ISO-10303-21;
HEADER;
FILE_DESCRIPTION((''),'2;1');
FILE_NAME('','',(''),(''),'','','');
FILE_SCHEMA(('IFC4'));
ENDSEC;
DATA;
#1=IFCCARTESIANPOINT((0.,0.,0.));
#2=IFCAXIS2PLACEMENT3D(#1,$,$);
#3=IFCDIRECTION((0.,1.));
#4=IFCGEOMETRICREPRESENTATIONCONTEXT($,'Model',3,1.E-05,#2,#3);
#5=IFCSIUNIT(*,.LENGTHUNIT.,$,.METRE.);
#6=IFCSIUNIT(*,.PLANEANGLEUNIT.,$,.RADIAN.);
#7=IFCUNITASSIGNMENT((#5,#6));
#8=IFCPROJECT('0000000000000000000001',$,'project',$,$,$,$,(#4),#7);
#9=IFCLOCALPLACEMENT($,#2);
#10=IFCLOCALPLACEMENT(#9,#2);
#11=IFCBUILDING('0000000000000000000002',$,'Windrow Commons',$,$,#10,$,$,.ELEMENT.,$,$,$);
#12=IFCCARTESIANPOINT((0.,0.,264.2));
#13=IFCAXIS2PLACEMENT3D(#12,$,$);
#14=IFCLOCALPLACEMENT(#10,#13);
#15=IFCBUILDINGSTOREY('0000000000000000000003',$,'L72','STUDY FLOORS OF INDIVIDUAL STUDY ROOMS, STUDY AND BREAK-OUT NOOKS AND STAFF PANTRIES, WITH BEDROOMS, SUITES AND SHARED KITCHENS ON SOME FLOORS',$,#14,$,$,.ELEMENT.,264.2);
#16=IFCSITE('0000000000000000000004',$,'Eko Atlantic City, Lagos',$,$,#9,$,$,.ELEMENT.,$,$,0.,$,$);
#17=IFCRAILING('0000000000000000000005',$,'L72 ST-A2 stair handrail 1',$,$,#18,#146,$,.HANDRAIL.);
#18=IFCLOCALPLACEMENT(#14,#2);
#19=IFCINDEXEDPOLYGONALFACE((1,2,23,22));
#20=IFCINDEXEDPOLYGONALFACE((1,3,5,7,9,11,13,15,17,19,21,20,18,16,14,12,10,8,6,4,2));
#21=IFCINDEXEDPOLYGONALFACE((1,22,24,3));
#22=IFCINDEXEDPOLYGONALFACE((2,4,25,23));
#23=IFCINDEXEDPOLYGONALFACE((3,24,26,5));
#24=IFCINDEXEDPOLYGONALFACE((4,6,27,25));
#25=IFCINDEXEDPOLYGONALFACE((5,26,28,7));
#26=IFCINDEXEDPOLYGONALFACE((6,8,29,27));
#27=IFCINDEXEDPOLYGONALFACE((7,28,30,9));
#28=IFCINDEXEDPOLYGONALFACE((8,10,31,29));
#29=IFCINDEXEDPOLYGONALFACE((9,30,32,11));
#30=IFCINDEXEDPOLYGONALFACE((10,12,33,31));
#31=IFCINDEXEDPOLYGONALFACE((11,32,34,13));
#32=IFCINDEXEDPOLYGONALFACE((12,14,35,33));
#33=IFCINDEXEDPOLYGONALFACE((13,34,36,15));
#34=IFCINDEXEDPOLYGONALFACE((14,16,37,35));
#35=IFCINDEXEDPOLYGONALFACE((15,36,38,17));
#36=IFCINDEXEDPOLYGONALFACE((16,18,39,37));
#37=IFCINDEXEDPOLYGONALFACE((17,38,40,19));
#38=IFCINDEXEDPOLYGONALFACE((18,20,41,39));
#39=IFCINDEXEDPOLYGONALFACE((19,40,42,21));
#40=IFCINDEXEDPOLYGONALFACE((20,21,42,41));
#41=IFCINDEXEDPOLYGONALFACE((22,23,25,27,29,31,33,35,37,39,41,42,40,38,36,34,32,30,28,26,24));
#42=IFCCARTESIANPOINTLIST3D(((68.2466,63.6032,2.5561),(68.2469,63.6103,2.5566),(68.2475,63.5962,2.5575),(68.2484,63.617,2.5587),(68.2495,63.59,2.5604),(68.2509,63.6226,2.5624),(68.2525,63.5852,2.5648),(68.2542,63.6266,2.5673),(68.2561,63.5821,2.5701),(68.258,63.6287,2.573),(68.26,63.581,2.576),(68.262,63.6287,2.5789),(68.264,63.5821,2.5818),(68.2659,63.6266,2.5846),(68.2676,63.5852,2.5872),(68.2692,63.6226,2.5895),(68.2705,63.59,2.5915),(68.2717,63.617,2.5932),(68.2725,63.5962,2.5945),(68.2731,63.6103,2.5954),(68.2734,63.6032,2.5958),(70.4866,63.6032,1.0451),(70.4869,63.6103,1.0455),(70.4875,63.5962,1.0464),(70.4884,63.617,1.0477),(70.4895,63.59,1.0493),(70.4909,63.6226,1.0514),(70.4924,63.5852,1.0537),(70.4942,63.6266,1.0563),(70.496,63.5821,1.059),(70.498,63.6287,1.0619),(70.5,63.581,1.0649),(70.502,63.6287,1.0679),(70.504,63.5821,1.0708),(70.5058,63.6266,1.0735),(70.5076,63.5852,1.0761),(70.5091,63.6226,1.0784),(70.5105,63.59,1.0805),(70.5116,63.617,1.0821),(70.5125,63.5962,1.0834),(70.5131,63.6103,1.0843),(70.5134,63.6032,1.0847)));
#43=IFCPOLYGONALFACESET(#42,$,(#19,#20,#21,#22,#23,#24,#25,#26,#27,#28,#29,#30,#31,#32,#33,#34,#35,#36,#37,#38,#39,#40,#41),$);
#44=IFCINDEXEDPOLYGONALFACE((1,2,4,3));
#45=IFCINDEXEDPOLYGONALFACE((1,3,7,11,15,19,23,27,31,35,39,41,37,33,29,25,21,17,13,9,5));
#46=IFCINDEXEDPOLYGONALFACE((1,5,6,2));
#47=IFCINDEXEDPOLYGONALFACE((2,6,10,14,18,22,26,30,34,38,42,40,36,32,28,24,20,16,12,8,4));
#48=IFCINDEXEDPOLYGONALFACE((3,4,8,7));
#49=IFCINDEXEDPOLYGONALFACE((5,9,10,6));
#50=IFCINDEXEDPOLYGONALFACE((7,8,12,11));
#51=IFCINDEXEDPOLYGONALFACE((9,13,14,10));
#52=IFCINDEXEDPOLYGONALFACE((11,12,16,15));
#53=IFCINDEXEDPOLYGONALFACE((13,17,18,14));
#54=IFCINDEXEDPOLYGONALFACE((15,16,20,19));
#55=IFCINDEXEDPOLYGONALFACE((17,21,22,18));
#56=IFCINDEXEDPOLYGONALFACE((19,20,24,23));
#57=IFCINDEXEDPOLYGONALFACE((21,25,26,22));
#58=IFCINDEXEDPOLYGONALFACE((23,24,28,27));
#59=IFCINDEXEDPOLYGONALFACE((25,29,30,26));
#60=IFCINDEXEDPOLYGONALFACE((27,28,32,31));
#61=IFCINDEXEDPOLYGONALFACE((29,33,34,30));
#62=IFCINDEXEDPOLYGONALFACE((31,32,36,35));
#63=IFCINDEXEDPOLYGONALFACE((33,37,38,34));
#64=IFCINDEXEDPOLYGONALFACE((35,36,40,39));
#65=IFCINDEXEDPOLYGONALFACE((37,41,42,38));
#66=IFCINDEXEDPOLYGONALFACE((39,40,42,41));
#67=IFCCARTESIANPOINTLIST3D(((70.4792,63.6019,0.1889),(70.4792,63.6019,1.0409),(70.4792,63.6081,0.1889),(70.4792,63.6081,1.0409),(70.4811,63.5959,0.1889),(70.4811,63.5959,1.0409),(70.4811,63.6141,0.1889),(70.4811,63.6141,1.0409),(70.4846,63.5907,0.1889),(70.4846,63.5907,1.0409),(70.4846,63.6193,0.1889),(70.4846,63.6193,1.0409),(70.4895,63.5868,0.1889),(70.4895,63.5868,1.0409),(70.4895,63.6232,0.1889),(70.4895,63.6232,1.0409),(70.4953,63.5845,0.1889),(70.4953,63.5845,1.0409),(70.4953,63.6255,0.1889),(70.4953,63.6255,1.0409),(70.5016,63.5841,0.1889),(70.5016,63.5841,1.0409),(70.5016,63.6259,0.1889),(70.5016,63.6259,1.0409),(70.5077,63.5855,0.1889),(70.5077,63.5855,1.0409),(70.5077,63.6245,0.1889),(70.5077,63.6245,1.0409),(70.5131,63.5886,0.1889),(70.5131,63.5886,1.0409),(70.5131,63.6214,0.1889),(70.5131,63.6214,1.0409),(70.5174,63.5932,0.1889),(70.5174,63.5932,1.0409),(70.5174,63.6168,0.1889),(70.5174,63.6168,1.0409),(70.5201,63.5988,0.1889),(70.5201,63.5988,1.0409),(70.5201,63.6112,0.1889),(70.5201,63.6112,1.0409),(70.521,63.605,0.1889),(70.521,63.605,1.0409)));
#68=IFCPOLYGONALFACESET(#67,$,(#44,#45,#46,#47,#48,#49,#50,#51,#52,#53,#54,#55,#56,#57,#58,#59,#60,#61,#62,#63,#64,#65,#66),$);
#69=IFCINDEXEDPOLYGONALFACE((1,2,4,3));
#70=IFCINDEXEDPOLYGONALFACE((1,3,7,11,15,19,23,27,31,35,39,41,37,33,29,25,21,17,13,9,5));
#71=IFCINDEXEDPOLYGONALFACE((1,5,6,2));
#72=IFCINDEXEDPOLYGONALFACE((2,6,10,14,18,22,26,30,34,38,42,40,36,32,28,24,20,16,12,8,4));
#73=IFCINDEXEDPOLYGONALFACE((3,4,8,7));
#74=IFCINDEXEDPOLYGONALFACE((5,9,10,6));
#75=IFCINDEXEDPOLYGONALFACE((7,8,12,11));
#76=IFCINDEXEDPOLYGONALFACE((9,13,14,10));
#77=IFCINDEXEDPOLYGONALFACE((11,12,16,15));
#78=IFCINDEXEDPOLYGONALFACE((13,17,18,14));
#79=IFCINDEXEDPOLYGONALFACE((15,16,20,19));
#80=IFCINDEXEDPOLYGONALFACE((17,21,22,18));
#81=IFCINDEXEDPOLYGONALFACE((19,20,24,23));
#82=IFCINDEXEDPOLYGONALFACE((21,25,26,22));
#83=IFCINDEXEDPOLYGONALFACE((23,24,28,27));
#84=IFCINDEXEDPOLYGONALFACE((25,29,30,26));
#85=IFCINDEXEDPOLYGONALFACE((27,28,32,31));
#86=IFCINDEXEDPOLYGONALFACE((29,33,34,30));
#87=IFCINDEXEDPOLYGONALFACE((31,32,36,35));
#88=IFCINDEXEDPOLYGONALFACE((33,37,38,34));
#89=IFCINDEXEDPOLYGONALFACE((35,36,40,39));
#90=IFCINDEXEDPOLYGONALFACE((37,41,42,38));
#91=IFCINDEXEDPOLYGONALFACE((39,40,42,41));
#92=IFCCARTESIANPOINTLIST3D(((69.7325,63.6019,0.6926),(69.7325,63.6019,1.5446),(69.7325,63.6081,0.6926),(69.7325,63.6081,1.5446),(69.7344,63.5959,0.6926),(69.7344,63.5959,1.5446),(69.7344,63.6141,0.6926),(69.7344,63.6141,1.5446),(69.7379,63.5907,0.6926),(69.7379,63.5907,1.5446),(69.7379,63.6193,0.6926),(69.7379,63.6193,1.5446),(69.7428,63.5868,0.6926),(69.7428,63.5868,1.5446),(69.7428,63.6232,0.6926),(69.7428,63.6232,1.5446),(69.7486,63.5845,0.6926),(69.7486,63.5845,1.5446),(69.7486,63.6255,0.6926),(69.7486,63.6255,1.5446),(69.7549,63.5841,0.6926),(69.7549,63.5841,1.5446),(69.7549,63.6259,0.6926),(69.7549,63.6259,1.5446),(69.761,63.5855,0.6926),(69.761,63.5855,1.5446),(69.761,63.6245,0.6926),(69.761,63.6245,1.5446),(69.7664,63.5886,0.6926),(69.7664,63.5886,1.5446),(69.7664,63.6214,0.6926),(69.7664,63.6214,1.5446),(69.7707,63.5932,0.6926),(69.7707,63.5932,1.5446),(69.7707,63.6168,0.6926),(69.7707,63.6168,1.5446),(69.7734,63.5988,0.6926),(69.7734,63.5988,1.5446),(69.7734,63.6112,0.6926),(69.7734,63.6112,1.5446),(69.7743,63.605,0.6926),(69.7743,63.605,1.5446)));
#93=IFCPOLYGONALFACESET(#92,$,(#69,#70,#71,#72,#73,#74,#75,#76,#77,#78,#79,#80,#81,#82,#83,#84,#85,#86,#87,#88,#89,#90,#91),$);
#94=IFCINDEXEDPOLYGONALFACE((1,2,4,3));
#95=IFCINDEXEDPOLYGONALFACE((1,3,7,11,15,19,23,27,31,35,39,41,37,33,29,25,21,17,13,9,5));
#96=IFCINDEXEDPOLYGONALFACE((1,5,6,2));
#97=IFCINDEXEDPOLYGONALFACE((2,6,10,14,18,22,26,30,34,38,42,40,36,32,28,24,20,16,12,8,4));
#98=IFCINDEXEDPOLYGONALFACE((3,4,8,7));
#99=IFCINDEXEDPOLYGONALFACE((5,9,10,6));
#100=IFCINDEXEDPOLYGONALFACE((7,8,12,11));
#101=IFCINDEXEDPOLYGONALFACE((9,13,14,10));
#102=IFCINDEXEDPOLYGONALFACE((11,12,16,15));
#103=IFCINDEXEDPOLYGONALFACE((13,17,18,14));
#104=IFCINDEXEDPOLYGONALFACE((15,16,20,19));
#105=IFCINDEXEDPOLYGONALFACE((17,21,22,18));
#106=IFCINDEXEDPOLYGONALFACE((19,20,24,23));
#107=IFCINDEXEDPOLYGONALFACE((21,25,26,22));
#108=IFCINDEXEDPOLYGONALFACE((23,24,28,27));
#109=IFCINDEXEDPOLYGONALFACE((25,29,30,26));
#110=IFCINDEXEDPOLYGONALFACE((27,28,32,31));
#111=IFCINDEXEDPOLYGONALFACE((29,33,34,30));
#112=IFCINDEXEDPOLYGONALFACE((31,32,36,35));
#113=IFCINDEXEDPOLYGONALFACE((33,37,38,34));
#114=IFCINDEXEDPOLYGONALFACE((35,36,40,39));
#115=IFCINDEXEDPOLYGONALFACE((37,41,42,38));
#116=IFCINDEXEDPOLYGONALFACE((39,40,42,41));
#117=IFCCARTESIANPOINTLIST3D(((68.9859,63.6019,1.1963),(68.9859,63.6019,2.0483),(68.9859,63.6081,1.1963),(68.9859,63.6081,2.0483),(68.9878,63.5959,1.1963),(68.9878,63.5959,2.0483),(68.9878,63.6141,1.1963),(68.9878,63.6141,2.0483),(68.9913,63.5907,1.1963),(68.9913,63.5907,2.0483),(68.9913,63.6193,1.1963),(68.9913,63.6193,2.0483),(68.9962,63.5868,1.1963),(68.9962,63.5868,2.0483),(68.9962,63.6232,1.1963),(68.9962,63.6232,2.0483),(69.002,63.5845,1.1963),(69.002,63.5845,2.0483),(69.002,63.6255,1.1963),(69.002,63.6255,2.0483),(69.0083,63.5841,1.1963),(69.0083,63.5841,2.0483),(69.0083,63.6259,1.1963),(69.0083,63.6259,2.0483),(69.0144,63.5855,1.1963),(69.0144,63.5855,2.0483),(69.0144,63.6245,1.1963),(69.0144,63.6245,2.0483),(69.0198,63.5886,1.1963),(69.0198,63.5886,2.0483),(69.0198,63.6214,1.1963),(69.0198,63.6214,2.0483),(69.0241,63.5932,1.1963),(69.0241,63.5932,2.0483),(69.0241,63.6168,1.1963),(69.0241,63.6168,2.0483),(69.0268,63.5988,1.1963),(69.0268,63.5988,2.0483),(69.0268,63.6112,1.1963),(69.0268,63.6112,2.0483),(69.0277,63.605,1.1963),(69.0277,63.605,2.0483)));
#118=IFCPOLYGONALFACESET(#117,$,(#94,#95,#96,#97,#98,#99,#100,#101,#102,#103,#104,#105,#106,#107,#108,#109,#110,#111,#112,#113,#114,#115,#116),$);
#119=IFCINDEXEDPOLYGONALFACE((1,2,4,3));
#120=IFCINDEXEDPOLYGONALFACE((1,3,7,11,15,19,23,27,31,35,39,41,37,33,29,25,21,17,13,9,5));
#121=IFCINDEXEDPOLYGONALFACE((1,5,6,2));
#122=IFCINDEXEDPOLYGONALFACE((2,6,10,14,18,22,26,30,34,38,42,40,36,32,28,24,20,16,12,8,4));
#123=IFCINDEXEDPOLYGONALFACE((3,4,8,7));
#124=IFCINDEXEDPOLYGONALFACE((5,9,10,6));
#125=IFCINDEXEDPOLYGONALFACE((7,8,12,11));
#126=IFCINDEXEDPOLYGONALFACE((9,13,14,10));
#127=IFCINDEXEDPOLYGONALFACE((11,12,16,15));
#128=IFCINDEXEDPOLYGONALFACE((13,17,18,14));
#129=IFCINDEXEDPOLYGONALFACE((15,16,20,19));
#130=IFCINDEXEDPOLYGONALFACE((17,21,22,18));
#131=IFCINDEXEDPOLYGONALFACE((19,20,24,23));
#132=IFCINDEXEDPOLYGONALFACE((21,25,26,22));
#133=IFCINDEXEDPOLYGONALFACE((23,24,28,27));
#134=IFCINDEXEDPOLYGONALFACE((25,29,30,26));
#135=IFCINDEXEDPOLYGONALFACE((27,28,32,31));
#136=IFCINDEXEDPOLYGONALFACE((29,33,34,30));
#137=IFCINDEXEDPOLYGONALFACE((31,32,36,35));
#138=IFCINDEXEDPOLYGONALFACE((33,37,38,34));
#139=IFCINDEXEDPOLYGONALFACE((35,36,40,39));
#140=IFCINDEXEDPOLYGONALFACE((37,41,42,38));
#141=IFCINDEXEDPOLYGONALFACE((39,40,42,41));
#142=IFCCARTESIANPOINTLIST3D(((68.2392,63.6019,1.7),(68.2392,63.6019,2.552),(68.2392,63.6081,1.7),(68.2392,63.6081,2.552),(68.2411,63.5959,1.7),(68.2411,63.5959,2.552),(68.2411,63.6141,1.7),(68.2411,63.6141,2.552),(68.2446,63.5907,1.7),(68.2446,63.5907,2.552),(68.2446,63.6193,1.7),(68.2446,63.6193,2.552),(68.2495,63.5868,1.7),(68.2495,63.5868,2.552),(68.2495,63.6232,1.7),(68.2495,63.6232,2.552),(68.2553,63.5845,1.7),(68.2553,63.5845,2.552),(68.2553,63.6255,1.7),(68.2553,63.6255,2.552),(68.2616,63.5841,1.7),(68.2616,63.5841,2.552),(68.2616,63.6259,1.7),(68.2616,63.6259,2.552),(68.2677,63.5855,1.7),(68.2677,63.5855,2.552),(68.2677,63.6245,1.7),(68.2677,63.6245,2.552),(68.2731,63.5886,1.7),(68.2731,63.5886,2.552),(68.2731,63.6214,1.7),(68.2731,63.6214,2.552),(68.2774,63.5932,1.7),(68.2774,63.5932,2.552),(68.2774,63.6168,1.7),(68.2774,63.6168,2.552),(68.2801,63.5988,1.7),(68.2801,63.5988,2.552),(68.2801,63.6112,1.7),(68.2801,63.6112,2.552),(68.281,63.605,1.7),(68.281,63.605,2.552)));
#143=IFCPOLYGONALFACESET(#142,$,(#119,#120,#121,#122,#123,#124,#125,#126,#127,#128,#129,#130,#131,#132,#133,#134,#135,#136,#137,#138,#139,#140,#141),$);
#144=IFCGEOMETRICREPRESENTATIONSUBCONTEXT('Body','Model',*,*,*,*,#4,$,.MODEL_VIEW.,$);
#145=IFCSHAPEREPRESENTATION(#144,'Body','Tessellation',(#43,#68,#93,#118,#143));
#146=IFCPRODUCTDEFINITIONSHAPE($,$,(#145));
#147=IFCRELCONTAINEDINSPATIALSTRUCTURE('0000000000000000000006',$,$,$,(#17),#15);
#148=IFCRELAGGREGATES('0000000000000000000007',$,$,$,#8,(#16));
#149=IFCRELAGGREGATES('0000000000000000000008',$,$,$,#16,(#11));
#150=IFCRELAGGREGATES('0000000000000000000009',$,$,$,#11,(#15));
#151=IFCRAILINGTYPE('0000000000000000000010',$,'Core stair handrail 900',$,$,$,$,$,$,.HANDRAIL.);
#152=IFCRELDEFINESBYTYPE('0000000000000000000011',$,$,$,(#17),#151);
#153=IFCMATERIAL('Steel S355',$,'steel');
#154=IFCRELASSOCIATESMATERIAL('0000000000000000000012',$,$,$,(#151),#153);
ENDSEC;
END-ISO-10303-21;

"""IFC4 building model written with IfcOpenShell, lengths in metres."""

from ifc_helpers import new_model, si_unit, direction, frame, origin, origin_2d, place, context, subcontext, project, spatial, circle, extrude, material, type_object, element, save


model = new_model("IFC4")

# Units and contexts
model_context = context("Model", 3, precision=1e-05, world=origin(), true_north=direction((0.0, 1.0)))
body_context = subcontext(model_context, "Body", "Model", "MODEL_VIEW")
ifc_project = project(units=[si_unit("LENGTHUNIT", "METRE"), si_unit("PLANEANGLEUNIT", "RADIAN")], contexts=[model_context])

# Site, building, storey
site_placement = place(None, origin())
site = spatial("IfcSite", under=ifc_project, at=site_placement, Name="Eko Atlantic City, Lagos", CompositionType="ELEMENT", RefElevation=0.0)
building_placement = place(site_placement, origin())
building = spatial("IfcBuilding", under=site, at=building_placement, Name="Windrow Commons", CompositionType="ELEMENT")
storey_placement = place(building_placement, frame((0.0, 0.0, 264.2)))
storey = spatial("IfcBuildingStorey", under=building, at=storey_placement, Name="L72", Description="STUDY FLOORS OF INDIVIDUAL STUDY ROOMS, STUDY AND BREAK-OUT NOOKS AND STAFF PANTRIES, WITH BEDROOMS, SUITES AND SHARED KITCHENS ON SOME FLOORS", CompositionType="ELEMENT", Elevation=264.2)

# Railing
ifc_material_1 = material(Name="Steel S355", Category="steel")
railing_type_1 = type_object("IfcRailingType", Name="Core stair handrail 900", PredefinedType="HANDRAIL", material=ifc_material_1)
railing_1_placement = place(storey_placement, frame((70.5, 63.605, 0.1889)))
element("IfcRailing", 1, at=railing_1_placement, inside=storey, type_object=railing_type_1, Name="L72 ST-A2 stair handrail 1", PredefinedType="HANDRAIL", context=body_context, shape_type="SweptSolid", body=[
    extrude(circle(Radius=0.024, at=origin_2d()), frame((0.0, 0.0, 0.876), z_axis=(-0.829003, 0.0, 0.559244), x_axis=(0.0, -1.0, 0.0)), (0.0, 0.0, 1.0), 2.702),
    extrude(circle(Radius=0.021, at=origin_2d()), origin(), (0.0, 0.0, 1.0), 0.852),
    extrude(circle(Radius=0.021, at=origin_2d()), frame((-0.7467, 0.0, 0.5037)), (0.0, 0.0, 1.0), 0.852),
    extrude(circle(Radius=0.021, at=origin_2d()), frame((-1.4933, 0.0, 1.0074)), (0.0, 0.0, 1.0), 0.852),
    extrude(circle(Radius=0.021, at=origin_2d()), frame((-2.24, 0.0, 1.5111)), (0.0, 0.0, 1.0), 0.852),
])

save(model, "model.ifc")
